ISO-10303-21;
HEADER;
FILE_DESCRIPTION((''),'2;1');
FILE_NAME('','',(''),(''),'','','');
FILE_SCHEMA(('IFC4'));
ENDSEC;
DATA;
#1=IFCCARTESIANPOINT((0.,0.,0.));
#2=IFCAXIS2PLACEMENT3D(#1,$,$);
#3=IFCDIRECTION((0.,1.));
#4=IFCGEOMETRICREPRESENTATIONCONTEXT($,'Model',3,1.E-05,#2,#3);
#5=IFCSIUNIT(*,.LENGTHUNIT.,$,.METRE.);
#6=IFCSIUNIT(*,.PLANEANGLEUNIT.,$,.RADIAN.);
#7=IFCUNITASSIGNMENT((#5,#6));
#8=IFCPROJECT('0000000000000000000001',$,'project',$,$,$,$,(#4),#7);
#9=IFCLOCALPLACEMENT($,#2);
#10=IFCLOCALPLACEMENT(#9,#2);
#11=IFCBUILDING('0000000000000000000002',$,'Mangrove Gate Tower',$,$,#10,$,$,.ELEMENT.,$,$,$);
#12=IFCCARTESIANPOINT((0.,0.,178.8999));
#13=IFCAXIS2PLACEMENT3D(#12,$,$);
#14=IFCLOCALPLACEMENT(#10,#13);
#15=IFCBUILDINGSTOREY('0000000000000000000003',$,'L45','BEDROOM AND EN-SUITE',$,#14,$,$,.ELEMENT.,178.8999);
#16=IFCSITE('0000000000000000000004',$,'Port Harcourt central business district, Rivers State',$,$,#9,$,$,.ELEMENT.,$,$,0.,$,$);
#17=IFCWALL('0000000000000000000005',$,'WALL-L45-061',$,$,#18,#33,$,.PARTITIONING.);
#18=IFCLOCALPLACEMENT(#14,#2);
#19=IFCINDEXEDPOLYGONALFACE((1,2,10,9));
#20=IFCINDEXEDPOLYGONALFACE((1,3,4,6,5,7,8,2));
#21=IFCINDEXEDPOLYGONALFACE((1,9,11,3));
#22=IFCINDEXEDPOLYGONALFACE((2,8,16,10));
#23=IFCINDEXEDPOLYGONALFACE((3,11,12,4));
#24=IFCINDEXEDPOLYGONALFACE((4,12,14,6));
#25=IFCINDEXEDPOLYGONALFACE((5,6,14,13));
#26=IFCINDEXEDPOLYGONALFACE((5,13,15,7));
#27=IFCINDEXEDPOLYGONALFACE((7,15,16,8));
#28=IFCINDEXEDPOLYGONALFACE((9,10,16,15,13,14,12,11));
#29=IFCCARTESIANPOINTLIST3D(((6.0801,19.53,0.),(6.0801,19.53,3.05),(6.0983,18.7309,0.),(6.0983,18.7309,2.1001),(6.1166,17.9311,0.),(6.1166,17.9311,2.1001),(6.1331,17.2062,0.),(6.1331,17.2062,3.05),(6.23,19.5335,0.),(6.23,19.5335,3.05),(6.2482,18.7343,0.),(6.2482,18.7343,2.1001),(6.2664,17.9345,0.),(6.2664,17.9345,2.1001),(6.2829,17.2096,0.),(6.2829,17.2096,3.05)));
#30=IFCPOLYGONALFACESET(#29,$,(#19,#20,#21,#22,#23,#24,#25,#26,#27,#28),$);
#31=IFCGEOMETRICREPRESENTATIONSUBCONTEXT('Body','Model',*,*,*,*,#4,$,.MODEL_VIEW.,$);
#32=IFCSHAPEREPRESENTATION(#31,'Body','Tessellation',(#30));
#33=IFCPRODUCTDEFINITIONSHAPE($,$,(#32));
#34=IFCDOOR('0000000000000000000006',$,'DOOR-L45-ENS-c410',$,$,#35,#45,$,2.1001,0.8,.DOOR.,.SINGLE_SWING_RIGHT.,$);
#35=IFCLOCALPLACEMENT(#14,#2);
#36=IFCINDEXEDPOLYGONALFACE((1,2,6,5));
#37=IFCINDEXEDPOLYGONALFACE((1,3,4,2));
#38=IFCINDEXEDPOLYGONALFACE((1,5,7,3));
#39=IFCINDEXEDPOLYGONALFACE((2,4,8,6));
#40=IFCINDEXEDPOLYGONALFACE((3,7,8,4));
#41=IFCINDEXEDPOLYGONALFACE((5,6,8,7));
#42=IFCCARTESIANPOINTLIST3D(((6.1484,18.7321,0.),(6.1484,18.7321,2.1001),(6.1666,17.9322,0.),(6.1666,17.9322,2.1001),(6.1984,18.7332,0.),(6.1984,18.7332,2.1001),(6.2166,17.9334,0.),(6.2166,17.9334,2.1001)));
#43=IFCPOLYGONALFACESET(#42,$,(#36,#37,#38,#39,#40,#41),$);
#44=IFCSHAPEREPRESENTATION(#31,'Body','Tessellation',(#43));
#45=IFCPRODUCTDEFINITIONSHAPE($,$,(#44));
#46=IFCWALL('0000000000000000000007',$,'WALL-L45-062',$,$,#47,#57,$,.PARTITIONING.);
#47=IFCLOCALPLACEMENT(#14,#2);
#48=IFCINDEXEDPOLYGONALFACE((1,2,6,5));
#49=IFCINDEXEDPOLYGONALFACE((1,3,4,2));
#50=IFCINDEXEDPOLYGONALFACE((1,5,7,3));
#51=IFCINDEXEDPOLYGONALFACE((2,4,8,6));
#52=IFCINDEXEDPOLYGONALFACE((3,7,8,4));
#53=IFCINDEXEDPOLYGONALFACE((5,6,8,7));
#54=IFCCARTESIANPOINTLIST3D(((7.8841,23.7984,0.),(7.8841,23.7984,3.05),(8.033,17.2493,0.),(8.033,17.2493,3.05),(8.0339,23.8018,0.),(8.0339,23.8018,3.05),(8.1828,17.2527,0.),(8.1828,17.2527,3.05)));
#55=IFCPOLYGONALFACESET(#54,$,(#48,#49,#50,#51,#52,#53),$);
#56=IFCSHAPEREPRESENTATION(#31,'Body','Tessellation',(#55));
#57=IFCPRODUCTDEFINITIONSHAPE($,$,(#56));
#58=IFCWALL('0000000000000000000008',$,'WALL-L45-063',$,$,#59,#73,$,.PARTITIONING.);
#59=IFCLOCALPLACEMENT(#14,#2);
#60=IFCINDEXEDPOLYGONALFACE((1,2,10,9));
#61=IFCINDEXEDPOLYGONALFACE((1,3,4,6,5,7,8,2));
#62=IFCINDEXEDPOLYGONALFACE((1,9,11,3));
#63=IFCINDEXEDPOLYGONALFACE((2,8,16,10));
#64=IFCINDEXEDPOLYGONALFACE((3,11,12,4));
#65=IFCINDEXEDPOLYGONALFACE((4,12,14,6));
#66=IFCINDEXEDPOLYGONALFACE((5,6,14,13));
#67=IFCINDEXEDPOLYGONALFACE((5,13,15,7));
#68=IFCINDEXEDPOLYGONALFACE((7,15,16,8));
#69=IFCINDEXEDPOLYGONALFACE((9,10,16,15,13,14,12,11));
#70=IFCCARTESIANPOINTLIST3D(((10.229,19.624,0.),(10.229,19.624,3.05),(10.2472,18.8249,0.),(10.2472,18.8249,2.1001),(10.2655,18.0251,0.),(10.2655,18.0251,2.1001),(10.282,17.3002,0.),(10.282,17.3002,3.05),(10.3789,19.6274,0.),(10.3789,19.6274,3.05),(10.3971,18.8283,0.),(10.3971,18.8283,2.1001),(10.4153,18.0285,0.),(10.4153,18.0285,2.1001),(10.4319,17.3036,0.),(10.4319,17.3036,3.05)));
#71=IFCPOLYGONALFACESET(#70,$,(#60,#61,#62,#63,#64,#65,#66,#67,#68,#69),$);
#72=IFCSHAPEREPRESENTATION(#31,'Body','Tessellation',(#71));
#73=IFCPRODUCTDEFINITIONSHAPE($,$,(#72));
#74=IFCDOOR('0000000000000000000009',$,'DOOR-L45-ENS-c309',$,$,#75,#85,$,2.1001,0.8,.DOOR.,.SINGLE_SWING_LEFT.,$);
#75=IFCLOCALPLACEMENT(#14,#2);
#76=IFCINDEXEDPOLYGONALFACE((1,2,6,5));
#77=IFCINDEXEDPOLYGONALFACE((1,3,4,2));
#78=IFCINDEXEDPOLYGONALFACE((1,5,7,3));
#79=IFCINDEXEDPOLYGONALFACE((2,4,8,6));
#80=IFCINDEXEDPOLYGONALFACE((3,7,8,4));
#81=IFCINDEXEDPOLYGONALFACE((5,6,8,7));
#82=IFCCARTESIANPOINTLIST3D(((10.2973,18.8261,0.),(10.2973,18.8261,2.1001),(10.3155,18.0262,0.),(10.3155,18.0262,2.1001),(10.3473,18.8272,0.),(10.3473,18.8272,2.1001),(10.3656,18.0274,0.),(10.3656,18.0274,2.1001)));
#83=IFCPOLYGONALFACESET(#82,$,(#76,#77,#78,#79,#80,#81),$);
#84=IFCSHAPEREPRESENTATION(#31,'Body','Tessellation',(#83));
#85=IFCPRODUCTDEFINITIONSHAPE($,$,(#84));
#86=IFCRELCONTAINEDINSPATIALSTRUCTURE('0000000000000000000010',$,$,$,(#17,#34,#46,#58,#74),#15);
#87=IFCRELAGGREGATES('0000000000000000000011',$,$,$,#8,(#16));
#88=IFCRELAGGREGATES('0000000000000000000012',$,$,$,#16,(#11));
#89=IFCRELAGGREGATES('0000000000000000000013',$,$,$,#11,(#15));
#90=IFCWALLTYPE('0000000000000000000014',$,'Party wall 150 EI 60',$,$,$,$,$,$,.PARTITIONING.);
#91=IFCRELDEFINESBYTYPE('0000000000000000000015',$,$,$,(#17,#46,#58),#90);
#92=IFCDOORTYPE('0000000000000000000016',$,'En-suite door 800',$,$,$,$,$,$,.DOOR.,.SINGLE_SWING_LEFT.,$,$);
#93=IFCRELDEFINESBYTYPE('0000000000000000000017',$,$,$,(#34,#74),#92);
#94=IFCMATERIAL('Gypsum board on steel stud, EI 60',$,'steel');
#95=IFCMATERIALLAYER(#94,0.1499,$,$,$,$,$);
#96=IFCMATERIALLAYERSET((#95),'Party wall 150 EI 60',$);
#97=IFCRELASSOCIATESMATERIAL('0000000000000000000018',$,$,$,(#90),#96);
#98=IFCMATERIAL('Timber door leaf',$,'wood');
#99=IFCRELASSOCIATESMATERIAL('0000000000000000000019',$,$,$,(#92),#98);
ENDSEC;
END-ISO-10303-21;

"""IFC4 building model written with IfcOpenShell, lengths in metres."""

from ifc_helpers import new_model, si_unit, direction, frame, frame_2d, origin, place, context, subcontext, project, spatial, rectangle, extrude, material, layer, layer_set, type_object, element, fill, save


model = new_model("IFC4")

# Units and contexts
model_context = context("Model", 3, precision=1e-05, world=origin(), true_north=direction((0.0, 1.0)))
body_context = subcontext(model_context, "Body", "Model", "MODEL_VIEW")
ifc_project = project(units=[si_unit("LENGTHUNIT", "METRE"), si_unit("PLANEANGLEUNIT", "RADIAN")], contexts=[model_context])

# Site, building, storey
site_placement = place(None, origin())
site = spatial("IfcSite", under=ifc_project, at=site_placement, Name="Port Harcourt central business district, Rivers State", CompositionType="ELEMENT", RefElevation=0.0)
building_placement = place(site_placement, origin())
building = spatial("IfcBuilding", under=site, at=building_placement, Name="Mangrove Gate Tower", CompositionType="ELEMENT")
storey_placement = place(building_placement, frame((0.0, 0.0, 178.8999)))
storey = spatial("IfcBuildingStorey", under=building, at=storey_placement, Name="L45", Description="BEDROOM AND EN-SUITE", CompositionType="ELEMENT", Elevation=178.8999)

# Shared definitions
ifc_material_1 = material(Name="Gypsum board on steel stud, EI 60", Category="steel")
ifc_layer_1 = layer(ifc_material_1, 0.1499)
ifc_layer_set_1 = layer_set([ifc_layer_1], Name="Party wall 150 EI 60")
wall_type_1 = type_object("IfcWallType", Name="Party wall 150 EI 60", PredefinedType="PARTITIONING", material=ifc_layer_set_1)
ifc_material_2 = material(Name="Timber door leaf", Category="wood")
door_type_1 = type_object("IfcDoorType", Name="En-suite door 800", OperationType="SINGLE_SWING_LEFT", PredefinedType="DOOR", material=ifc_material_2)

# Wall, opening, door
wall_1_placement = place(storey_placement, frame((6.208, 17.208, 0.0), z_axis=(0.0, 0.0, 1.0), x_axis=(-0.022791, 0.99974, 0.0)))
wall_1 = element("IfcWall", 1, at=wall_1_placement, inside=storey, type_object=wall_type_1, Name="WALL-L45-061", PredefinedType="PARTITIONING", context=body_context, shape_type="SweptSolid", body=[
    extrude(rectangle(XDim=2.3245, YDim=0.1499, at=frame_2d((1.1621, 0.0))), origin(), (0.0, 0.0, 1.0), 3.05),
])
opening_1_placement = place(wall_1_placement, frame((0.7251, 0.0, 0.0)))
opening_1 = element("IfcOpeningElement", 2, at=opening_1_placement, cuts=wall_1, PredefinedType="OPENING", context=body_context, shape_type="SweptSolid", body=[
    extrude(rectangle(XDim=0.8, YDim=2.1001, at=frame_2d((0.3999, 1.05))), frame((0.0, 0.085, 0.0), z_axis=(0.0, -1.0, 0.0), x_axis=(1.0, 0.0, 0.0)), (0.0, 0.0, 1.0), 0.1699),
])
door_1_placement = place(opening_1_placement, origin())
door_1 = element("IfcDoor", 3, at=door_1_placement, inside=storey, type_object=door_type_1, Name="DOOR-L45-ENS-c410", OperationType="SINGLE_SWING_RIGHT", OverallHeight=2.1001, OverallWidth=0.8, PredefinedType="DOOR", context=body_context, shape_type="SweptSolid", body=[
    extrude(rectangle(XDim=0.8, YDim=2.1001, at=frame_2d((0.3999, 1.05))), frame((0.0, 0.0249, 0.0), z_axis=(0.0, -1.0, 0.0), x_axis=(1.0, 0.0, 0.0)), (0.0, 0.0, 1.0), 0.05),
])
fill(opening_1, door_1)

# Wall
wall_2_placement = place(storey_placement, frame((8.1079, 17.251, 0.0), z_axis=(0.0, 0.0, 1.0), x_axis=(-0.022734, 0.999742, 0.0)))
element("IfcWall", 4, at=wall_2_placement, inside=storey, type_object=wall_type_1, Name="WALL-L45-062", PredefinedType="PARTITIONING", context=body_context, shape_type="SweptSolid", body=[
    extrude(rectangle(XDim=6.5508, YDim=0.1499, at=frame_2d((3.2754, 0.0))), origin(), (0.0, 0.0, 1.0), 3.05),
])

# Wall, opening, door
wall_3_placement = place(storey_placement, frame((10.3569, 17.302, 0.0), z_axis=(0.0, 0.0, 1.0), x_axis=(-0.022791, 0.99974, 0.0)))
wall_3 = element("IfcWall", 5, at=wall_3_placement, inside=storey, type_object=wall_type_1, Name="WALL-L45-063", PredefinedType="PARTITIONING", context=body_context, shape_type="SweptSolid", body=[
    extrude(rectangle(XDim=2.3245, YDim=0.1499, at=frame_2d((1.1621, 0.0))), origin(), (0.0, 0.0, 1.0), 3.05),
])
opening_2_placement = place(wall_3_placement, frame((0.7251, 0.0, 0.0)))
opening_2 = element("IfcOpeningElement", 6, at=opening_2_placement, cuts=wall_3, PredefinedType="OPENING", context=body_context, shape_type="SweptSolid", body=[
    extrude(rectangle(XDim=0.8, YDim=2.1001, at=frame_2d((0.3999, 1.05))), frame((0.0, 0.085, 0.0), z_axis=(0.0, -1.0, 0.0), x_axis=(1.0, 0.0, 0.0)), (0.0, 0.0, 1.0), 0.1699),
])
door_2_placement = place(opening_2_placement, origin())
door_2 = element("IfcDoor", 7, at=door_2_placement, inside=storey, type_object=door_type_1, Name="DOOR-L45-ENS-c309", OperationType="SINGLE_SWING_LEFT", OverallHeight=2.1001, OverallWidth=0.8, PredefinedType="DOOR", context=body_context, shape_type="SweptSolid", body=[
    extrude(rectangle(XDim=0.8, YDim=2.1001, at=frame_2d((0.3999, 1.05))), frame((0.0, 0.0249, 0.0), z_axis=(0.0, -1.0, 0.0), x_axis=(1.0, 0.0, 0.0)), (0.0, 0.0, 1.0), 0.05),
])
fill(opening_2, door_2)

save(model, "model.ifc")
